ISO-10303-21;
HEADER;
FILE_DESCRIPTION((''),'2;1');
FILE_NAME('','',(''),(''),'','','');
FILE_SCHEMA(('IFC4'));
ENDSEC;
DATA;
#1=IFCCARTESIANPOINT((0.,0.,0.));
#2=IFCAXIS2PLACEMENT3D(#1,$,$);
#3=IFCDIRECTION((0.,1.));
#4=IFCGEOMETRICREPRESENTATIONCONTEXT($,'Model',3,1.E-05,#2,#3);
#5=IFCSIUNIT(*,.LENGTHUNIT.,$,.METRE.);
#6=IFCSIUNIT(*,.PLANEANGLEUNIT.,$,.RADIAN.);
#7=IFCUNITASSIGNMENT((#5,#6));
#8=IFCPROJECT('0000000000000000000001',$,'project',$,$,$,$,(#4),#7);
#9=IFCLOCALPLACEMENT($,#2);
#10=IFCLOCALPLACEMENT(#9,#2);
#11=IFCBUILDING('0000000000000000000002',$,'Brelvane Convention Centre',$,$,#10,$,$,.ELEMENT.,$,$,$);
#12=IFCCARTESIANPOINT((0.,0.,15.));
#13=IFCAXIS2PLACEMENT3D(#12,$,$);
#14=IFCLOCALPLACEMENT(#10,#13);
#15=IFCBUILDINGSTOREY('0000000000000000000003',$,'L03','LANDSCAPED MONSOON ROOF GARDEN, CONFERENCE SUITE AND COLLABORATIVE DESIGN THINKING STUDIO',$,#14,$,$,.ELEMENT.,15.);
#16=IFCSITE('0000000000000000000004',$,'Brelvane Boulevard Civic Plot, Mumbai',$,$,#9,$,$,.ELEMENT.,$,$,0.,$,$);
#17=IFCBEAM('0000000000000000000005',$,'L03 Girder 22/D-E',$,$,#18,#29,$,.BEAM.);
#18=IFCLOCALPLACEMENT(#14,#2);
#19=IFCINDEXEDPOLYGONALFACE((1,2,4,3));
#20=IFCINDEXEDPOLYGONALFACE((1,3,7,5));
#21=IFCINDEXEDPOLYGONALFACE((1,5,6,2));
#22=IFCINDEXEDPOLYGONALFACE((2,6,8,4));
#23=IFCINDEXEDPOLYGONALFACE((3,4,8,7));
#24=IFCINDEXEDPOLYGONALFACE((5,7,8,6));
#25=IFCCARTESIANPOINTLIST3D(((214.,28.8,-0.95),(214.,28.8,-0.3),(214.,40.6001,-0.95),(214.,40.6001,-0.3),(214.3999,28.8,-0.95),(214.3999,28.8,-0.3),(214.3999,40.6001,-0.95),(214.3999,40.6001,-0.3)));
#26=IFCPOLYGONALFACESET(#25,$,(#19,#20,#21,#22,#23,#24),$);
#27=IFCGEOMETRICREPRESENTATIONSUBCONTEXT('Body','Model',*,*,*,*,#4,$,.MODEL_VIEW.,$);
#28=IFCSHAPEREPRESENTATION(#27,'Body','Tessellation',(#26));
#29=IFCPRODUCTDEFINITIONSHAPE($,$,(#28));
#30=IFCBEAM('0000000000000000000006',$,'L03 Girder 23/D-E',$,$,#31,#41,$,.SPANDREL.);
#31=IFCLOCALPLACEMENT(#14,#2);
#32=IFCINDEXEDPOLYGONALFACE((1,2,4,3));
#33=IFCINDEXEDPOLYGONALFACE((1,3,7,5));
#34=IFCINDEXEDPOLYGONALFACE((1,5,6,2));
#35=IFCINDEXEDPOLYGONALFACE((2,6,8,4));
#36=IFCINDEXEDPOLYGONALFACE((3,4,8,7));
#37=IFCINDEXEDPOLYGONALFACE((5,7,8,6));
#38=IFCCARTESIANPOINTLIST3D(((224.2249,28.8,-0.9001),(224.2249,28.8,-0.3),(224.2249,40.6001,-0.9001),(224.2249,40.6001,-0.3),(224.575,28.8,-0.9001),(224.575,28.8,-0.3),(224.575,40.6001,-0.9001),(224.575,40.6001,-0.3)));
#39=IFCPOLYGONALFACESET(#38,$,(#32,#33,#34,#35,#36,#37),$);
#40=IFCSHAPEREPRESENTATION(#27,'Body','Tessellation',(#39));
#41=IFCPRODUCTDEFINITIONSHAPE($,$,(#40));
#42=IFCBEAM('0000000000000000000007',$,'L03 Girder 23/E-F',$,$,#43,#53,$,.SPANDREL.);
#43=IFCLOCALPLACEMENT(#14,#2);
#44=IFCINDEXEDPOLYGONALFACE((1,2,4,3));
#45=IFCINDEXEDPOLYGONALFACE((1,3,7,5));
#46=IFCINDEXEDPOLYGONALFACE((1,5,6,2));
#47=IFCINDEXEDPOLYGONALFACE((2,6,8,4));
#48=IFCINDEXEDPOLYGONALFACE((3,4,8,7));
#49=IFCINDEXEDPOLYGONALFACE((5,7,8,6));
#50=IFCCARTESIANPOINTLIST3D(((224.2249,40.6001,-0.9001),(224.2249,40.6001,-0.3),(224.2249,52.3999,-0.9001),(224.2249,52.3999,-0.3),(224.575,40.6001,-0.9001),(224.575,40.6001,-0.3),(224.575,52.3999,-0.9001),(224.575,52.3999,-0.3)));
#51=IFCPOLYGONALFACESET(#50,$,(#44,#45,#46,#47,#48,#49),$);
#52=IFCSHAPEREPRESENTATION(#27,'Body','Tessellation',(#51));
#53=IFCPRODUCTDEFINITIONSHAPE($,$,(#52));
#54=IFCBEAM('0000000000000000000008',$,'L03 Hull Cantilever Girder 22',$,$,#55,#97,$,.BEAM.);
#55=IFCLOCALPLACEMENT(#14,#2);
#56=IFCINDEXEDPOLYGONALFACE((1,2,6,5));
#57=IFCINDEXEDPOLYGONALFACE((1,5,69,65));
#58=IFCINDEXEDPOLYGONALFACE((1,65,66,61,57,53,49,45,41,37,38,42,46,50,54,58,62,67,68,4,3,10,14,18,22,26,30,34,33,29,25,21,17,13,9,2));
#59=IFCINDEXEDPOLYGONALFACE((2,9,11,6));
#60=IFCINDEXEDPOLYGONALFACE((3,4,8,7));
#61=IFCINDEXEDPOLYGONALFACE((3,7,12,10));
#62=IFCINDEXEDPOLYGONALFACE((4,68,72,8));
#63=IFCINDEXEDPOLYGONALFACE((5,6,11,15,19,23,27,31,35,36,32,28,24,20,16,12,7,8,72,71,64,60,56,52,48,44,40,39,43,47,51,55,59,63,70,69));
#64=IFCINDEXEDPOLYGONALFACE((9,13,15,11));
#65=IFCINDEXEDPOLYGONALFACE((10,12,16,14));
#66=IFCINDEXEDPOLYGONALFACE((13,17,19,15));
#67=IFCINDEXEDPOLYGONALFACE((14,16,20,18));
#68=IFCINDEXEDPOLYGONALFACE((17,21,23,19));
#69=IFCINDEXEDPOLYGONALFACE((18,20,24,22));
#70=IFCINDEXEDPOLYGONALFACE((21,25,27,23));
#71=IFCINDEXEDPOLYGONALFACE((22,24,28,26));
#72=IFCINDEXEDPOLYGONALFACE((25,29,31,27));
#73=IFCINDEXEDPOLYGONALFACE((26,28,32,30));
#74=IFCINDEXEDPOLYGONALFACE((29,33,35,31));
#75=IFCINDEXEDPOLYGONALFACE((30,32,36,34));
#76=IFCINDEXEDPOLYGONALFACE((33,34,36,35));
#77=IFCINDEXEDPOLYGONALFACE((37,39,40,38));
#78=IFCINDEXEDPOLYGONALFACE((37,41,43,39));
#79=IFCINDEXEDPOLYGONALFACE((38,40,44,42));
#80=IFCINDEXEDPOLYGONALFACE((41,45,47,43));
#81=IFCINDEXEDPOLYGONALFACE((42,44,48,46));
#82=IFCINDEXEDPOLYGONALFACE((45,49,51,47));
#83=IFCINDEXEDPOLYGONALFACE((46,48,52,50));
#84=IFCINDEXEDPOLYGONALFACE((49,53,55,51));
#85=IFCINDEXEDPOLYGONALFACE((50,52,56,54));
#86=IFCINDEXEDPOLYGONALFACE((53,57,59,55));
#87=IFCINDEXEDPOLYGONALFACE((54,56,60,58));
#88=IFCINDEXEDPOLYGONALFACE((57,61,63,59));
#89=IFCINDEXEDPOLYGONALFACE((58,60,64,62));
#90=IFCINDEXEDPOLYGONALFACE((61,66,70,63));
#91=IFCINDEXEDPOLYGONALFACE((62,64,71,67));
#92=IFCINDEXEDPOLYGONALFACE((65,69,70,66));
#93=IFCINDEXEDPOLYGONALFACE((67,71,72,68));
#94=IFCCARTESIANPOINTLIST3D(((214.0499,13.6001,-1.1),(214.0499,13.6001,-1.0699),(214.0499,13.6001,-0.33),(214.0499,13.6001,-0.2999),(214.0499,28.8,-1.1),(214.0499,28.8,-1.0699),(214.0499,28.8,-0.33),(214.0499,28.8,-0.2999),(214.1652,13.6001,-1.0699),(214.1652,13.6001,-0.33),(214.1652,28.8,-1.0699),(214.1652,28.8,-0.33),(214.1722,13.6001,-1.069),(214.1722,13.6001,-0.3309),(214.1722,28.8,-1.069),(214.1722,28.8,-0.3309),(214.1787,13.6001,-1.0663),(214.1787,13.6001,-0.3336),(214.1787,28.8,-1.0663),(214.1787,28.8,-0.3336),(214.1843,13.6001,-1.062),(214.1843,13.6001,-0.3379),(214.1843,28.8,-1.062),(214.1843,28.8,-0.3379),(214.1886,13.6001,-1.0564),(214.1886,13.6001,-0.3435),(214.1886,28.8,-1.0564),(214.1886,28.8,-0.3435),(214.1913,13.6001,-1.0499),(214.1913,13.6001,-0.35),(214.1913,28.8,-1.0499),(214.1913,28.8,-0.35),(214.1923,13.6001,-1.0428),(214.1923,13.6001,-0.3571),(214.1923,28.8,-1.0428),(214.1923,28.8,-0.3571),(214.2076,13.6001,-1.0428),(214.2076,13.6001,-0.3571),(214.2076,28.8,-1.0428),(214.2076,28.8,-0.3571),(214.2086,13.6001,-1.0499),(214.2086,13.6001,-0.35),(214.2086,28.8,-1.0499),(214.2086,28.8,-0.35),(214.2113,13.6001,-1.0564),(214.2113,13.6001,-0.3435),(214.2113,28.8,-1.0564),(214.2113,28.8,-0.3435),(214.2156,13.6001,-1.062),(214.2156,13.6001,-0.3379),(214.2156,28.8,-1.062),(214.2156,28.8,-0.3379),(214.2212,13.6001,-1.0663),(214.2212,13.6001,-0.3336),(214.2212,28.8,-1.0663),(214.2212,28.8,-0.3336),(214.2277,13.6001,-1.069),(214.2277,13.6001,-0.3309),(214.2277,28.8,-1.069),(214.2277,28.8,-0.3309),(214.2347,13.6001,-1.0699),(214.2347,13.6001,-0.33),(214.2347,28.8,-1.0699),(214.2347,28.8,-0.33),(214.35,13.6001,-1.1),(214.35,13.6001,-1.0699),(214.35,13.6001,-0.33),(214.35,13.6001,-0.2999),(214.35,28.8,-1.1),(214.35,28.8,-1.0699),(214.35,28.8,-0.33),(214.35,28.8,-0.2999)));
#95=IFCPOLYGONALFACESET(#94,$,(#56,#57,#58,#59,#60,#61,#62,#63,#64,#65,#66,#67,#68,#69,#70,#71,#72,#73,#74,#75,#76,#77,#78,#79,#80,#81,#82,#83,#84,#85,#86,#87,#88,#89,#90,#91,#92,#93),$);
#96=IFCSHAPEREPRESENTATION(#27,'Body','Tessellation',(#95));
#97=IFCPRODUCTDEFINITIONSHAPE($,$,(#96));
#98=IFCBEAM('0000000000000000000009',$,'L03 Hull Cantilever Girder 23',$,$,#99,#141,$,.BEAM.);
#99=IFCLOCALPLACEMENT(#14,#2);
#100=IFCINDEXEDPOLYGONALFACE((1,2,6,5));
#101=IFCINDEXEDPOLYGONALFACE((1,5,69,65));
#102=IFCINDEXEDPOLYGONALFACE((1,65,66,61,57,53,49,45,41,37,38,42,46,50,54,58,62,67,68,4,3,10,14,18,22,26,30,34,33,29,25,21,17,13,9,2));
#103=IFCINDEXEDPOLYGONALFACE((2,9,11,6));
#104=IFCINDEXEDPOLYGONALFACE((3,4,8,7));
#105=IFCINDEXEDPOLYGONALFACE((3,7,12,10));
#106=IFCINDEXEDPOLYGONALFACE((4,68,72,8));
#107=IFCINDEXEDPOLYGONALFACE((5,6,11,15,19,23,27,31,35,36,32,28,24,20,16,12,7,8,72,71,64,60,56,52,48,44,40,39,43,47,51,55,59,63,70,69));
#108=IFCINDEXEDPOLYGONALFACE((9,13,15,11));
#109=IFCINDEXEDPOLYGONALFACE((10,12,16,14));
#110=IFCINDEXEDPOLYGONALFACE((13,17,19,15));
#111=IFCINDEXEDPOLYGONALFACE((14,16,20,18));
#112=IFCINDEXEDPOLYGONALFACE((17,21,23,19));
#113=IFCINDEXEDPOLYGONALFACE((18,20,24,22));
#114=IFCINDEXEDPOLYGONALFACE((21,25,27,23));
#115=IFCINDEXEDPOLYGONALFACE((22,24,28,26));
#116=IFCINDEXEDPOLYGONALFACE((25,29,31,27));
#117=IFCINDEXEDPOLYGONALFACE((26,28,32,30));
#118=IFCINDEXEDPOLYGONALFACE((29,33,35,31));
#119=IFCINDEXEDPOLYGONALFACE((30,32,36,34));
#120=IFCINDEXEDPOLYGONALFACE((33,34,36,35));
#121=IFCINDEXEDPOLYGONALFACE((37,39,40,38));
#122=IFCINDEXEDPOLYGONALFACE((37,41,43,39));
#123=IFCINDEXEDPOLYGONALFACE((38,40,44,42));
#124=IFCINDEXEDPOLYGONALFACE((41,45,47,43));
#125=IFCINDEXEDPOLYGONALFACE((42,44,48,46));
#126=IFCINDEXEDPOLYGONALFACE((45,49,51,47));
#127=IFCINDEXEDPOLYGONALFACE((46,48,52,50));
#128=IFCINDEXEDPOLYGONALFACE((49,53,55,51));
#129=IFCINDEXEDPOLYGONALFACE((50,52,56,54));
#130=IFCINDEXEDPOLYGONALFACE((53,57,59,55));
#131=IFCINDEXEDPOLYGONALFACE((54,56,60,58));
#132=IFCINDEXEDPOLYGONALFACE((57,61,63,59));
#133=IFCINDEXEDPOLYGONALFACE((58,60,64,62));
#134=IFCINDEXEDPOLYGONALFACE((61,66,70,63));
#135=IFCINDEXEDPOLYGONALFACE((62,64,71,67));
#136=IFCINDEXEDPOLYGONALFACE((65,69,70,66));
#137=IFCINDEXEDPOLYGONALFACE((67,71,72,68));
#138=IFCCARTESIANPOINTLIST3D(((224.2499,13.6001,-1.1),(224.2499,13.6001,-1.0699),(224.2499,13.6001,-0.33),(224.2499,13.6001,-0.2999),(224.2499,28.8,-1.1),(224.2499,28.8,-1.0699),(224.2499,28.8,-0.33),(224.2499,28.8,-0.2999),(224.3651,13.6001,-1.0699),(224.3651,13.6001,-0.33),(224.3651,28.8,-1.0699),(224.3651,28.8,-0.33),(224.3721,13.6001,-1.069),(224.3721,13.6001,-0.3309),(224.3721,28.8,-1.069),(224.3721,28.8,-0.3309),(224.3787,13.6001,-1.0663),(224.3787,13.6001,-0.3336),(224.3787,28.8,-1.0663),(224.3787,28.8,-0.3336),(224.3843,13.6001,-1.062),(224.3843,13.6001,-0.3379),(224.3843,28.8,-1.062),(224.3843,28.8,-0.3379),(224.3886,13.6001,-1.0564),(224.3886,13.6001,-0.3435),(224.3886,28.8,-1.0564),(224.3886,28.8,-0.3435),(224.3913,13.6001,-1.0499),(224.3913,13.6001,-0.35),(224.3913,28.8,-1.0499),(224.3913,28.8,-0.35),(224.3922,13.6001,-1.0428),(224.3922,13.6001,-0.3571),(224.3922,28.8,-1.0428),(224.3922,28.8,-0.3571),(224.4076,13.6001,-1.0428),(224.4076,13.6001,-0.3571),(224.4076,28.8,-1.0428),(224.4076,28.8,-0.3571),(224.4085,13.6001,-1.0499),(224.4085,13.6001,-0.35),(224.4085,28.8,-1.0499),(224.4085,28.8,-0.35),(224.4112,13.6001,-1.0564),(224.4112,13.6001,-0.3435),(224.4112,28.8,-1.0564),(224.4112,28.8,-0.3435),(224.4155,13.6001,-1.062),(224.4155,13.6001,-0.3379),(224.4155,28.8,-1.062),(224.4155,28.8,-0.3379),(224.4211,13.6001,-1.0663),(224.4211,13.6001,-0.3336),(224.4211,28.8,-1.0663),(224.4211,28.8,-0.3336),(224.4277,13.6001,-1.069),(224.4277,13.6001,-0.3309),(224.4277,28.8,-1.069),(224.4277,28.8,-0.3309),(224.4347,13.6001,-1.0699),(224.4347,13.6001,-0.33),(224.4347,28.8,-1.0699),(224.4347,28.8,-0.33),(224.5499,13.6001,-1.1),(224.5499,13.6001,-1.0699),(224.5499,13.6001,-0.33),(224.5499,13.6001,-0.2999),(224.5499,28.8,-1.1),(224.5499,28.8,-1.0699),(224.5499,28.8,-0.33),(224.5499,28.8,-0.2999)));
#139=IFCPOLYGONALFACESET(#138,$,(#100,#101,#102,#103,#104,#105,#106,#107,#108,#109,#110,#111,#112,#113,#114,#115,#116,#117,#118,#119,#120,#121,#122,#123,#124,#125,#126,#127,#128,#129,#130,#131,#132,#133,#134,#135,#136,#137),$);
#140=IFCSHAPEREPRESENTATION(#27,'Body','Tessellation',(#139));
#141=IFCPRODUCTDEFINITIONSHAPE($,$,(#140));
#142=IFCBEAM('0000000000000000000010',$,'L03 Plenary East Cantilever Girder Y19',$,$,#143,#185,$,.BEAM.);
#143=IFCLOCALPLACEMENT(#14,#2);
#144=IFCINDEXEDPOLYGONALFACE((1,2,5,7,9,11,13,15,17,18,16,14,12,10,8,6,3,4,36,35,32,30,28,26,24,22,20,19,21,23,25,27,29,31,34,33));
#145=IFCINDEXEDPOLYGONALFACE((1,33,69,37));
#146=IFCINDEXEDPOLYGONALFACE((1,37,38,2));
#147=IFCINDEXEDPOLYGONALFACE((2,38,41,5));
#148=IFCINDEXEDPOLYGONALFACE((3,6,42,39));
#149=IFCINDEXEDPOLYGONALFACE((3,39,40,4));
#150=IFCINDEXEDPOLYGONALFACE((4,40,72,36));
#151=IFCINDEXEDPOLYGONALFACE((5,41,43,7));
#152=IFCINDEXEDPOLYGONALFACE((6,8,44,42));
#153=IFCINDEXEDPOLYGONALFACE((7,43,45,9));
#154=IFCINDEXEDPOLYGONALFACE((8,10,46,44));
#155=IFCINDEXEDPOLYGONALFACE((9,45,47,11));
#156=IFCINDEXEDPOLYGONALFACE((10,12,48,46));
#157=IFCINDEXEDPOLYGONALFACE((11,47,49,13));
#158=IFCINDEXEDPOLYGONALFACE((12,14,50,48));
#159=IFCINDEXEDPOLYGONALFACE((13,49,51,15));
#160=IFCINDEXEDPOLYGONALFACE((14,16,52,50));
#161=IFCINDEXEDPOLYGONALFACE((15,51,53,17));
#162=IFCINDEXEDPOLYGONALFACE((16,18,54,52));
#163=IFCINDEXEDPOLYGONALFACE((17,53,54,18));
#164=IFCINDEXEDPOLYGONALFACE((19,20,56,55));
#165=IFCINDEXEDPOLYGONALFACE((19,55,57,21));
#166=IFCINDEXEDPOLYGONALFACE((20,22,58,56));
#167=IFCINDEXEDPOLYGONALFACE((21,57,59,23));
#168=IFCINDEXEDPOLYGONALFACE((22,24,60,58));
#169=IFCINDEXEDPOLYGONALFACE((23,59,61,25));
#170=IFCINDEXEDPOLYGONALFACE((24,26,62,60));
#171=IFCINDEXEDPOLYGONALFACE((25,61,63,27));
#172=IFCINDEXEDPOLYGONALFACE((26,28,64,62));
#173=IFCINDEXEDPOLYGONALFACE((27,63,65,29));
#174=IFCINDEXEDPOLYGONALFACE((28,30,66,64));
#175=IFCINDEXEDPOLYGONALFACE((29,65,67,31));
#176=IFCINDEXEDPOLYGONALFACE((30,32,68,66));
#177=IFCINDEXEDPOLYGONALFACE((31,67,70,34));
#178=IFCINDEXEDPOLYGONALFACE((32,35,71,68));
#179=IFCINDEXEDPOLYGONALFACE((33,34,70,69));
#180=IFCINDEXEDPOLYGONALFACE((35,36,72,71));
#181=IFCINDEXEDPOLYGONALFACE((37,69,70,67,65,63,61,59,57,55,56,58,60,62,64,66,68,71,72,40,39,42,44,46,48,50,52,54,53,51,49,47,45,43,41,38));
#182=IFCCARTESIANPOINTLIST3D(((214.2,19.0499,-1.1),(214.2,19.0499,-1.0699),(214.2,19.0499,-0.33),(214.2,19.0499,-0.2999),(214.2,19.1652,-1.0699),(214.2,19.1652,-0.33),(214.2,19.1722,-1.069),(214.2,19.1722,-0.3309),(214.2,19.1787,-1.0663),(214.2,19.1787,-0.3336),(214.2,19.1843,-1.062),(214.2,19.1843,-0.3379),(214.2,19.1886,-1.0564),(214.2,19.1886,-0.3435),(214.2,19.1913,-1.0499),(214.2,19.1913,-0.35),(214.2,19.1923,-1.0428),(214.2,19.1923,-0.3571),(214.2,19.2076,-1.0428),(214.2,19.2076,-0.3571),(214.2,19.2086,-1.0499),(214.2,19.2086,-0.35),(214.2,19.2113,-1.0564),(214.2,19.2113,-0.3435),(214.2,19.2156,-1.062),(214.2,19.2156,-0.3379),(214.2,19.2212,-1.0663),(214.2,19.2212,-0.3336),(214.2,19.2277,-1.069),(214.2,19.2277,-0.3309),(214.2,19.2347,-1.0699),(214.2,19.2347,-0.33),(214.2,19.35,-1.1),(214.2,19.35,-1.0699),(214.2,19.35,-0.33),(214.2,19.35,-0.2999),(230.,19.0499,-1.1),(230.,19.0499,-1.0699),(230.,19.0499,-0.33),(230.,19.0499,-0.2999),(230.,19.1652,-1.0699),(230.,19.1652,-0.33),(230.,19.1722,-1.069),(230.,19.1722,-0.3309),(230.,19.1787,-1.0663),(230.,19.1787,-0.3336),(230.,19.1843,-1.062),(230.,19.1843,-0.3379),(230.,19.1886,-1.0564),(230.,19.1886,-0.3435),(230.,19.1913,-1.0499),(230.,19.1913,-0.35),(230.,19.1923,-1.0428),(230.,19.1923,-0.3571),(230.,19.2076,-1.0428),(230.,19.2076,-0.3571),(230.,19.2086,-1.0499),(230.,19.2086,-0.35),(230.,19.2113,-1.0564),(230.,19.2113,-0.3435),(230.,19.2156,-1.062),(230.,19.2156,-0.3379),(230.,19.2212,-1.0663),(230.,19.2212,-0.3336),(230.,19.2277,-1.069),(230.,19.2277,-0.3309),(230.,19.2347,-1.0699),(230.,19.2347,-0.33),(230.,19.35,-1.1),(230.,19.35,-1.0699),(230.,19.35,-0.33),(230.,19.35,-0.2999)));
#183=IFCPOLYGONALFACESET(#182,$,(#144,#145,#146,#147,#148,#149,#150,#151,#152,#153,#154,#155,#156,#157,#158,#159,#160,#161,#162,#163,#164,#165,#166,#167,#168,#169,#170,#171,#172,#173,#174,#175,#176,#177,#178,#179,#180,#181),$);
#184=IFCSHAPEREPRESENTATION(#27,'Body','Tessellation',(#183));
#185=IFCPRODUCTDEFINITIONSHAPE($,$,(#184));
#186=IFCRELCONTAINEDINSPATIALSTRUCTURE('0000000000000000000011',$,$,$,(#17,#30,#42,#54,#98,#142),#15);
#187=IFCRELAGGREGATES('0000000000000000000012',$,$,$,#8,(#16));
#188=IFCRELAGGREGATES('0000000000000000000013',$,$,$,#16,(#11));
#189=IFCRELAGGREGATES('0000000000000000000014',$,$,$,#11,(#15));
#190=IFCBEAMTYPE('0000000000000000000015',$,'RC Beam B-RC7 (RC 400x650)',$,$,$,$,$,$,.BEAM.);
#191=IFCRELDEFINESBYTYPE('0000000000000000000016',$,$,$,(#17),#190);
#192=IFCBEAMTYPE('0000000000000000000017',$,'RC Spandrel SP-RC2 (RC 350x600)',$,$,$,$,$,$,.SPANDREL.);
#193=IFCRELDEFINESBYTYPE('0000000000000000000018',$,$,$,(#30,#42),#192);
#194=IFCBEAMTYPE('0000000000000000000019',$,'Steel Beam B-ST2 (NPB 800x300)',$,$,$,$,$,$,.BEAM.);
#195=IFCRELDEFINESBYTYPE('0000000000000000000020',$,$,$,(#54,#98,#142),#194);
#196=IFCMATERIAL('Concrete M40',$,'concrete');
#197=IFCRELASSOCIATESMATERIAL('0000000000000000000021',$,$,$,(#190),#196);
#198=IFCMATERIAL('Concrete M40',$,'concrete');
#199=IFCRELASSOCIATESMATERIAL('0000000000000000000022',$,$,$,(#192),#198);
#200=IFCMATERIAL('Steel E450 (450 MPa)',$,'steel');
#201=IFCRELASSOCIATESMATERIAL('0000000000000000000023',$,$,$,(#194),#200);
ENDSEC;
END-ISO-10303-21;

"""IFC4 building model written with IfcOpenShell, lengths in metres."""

from ifc_helpers import new_model, si_unit, direction, frame, origin, origin_2d, place, context, subcontext, project, spatial, rectangle, i_section, extrude, material, material_profile, profile_set, type_object, element, save


model = new_model("IFC4")

# Units and contexts
model_context = context("Model", 3, precision=1e-05, world=origin(), true_north=direction((0.0, 1.0)))
body_context = subcontext(model_context, "Body", "Model", "MODEL_VIEW")
ifc_project = project(units=[si_unit("LENGTHUNIT", "METRE"), si_unit("PLANEANGLEUNIT", "RADIAN")], contexts=[model_context])

# Site, building, storey
site_placement = place(None, origin())
site = spatial("IfcSite", under=ifc_project, at=site_placement, Name="Brelvane Boulevard Civic Plot, Mumbai", CompositionType="ELEMENT", RefElevation=0.0)
building_placement = place(site_placement, origin())
building = spatial("IfcBuilding", under=site, at=building_placement, Name="Brelvane Convention Centre", CompositionType="ELEMENT")
storey_placement = place(building_placement, frame((0.0, 0.0, 15.0)))
storey = spatial("IfcBuildingStorey", under=building, at=storey_placement, Name="L03", Description="LANDSCAPED MONSOON ROOF GARDEN, CONFERENCE SUITE AND COLLABORATIVE DESIGN THINKING STUDIO", CompositionType="ELEMENT", Elevation=15.0)

# Beams
ifc_material_1 = material(Name="Concrete M40", Category="concrete")
ifc_material_profile_1 = material_profile(ifc_material_1, rectangle(XDim=0.3999, YDim=0.6499, at=origin_2d()), Name="RC 400x650")
ifc_profile_set_1 = profile_set([ifc_material_profile_1], Name="Concrete M40")
beam_type_1 = type_object("IfcBeamType", Name="RC Beam B-RC7 (RC 400x650)", PredefinedType="BEAM", material=ifc_profile_set_1)
beam_1_placement = place(storey_placement, frame((214.2, 28.8, -0.625), z_axis=(0.0, 1.0, 0.0), x_axis=(-1.0, 0.0, 0.0)))
element("IfcBeam", 1, at=beam_1_placement, inside=storey, type_object=beam_type_1, Name="L03 Girder 22/D-E", PredefinedType="BEAM", context=body_context, shape_type="SweptSolid", body=[
    extrude(rectangle(XDim=0.3999, YDim=0.6499, at=origin_2d()), origin(), (0.0, 0.0, 1.0), 11.8),
])
ifc_material_2 = material(Name="Concrete M40", Category="concrete")
ifc_material_profile_2 = material_profile(ifc_material_2, rectangle(XDim=0.3501, YDim=0.6001, at=origin_2d()), Name="RC 350x600")
ifc_profile_set_2 = profile_set([ifc_material_profile_2], Name="Concrete M40")
beam_type_2 = type_object("IfcBeamType", Name="RC Spandrel SP-RC2 (RC 350x600)", PredefinedType="SPANDREL", material=ifc_profile_set_2)
beam_2_placement = place(storey_placement, frame((224.3999, 28.8, -0.6001), z_axis=(0.0, 1.0, 0.0), x_axis=(-1.0, 0.0, 0.0)))
element("IfcBeam", 2, at=beam_2_placement, inside=storey, type_object=beam_type_2, Name="L03 Girder 23/D-E", PredefinedType="SPANDREL", context=body_context, shape_type="SweptSolid", body=[
    extrude(rectangle(XDim=0.3501, YDim=0.6001, at=origin_2d()), origin(), (0.0, 0.0, 1.0), 11.8),
])
beam_3_placement = place(storey_placement, frame((224.3999, 40.6001, -0.6001), z_axis=(0.0, 1.0, 0.0), x_axis=(-1.0, 0.0, 0.0)))
element("IfcBeam", 3, at=beam_3_placement, inside=storey, type_object=beam_type_2, Name="L03 Girder 23/E-F", PredefinedType="SPANDREL", context=body_context, shape_type="SweptSolid", body=[
    extrude(rectangle(XDim=0.3501, YDim=0.6001, at=origin_2d()), origin(), (0.0, 0.0, 1.0), 11.7998),
])
ifc_material_3 = material(Name="Steel E450 (450 MPa)", Category="steel")
ifc_material_profile_3 = material_profile(ifc_material_3, i_section(OverallWidth=0.3, OverallDepth=0.8, WebThickness=0.0154, FlangeThickness=0.03, FilletRadius=0.0271, at=origin_2d()), Name="NPB 800x300")
ifc_profile_set_3 = profile_set([ifc_material_profile_3], Name="Steel E450 (450 MPa)")
beam_type_3 = type_object("IfcBeamType", Name="Steel Beam B-ST2 (NPB 800x300)", PredefinedType="BEAM", material=ifc_profile_set_3)
for number, where, z_axis, x_axis, name in (
    (4, (214.2, 13.6001, -0.7), (0.0, 1.0, 0.0), (-1.0, 0.0, 0.0), "L03 Hull Cantilever Girder 22"),
    (5, (224.3999, 13.6001, -0.7), (0.0, 1.0, 0.0), (-1.0, 0.0, 0.0), "L03 Hull Cantilever Girder 23"),
):
    element("IfcBeam", number, at=place(storey_placement, frame(where, z_axis=z_axis, x_axis=x_axis)), inside=storey, type_object=beam_type_3, Name=name, PredefinedType="BEAM", context=body_context, shape_type="SweptSolid", body=[
        extrude(i_section(OverallWidth=0.3, OverallDepth=0.8, WebThickness=0.0154, FlangeThickness=0.03, FilletRadius=0.0271, at=origin_2d()), origin(), (0.0, 0.0, 1.0), 15.2),
    ])
for number, where, z_axis, x_axis, name in (
    (6, (214.2, 19.2, -0.7), (1.0, 0.0, 0.0), (0.0, 1.0, 0.0), "L03 Plenary East Cantilever Girder Y19"),
):
    element("IfcBeam", number, at=place(storey_placement, frame(where, z_axis=z_axis, x_axis=x_axis)), inside=storey, type_object=beam_type_3, Name=name, PredefinedType="BEAM", context=body_context, shape_type="SweptSolid", body=[
        extrude(i_section(OverallWidth=0.3, OverallDepth=0.8, WebThickness=0.0154, FlangeThickness=0.03, FilletRadius=0.0271, at=origin_2d()), origin(), (0.0, 0.0, 1.0), 15.8),
    ])

save(model, "model.ifc")
